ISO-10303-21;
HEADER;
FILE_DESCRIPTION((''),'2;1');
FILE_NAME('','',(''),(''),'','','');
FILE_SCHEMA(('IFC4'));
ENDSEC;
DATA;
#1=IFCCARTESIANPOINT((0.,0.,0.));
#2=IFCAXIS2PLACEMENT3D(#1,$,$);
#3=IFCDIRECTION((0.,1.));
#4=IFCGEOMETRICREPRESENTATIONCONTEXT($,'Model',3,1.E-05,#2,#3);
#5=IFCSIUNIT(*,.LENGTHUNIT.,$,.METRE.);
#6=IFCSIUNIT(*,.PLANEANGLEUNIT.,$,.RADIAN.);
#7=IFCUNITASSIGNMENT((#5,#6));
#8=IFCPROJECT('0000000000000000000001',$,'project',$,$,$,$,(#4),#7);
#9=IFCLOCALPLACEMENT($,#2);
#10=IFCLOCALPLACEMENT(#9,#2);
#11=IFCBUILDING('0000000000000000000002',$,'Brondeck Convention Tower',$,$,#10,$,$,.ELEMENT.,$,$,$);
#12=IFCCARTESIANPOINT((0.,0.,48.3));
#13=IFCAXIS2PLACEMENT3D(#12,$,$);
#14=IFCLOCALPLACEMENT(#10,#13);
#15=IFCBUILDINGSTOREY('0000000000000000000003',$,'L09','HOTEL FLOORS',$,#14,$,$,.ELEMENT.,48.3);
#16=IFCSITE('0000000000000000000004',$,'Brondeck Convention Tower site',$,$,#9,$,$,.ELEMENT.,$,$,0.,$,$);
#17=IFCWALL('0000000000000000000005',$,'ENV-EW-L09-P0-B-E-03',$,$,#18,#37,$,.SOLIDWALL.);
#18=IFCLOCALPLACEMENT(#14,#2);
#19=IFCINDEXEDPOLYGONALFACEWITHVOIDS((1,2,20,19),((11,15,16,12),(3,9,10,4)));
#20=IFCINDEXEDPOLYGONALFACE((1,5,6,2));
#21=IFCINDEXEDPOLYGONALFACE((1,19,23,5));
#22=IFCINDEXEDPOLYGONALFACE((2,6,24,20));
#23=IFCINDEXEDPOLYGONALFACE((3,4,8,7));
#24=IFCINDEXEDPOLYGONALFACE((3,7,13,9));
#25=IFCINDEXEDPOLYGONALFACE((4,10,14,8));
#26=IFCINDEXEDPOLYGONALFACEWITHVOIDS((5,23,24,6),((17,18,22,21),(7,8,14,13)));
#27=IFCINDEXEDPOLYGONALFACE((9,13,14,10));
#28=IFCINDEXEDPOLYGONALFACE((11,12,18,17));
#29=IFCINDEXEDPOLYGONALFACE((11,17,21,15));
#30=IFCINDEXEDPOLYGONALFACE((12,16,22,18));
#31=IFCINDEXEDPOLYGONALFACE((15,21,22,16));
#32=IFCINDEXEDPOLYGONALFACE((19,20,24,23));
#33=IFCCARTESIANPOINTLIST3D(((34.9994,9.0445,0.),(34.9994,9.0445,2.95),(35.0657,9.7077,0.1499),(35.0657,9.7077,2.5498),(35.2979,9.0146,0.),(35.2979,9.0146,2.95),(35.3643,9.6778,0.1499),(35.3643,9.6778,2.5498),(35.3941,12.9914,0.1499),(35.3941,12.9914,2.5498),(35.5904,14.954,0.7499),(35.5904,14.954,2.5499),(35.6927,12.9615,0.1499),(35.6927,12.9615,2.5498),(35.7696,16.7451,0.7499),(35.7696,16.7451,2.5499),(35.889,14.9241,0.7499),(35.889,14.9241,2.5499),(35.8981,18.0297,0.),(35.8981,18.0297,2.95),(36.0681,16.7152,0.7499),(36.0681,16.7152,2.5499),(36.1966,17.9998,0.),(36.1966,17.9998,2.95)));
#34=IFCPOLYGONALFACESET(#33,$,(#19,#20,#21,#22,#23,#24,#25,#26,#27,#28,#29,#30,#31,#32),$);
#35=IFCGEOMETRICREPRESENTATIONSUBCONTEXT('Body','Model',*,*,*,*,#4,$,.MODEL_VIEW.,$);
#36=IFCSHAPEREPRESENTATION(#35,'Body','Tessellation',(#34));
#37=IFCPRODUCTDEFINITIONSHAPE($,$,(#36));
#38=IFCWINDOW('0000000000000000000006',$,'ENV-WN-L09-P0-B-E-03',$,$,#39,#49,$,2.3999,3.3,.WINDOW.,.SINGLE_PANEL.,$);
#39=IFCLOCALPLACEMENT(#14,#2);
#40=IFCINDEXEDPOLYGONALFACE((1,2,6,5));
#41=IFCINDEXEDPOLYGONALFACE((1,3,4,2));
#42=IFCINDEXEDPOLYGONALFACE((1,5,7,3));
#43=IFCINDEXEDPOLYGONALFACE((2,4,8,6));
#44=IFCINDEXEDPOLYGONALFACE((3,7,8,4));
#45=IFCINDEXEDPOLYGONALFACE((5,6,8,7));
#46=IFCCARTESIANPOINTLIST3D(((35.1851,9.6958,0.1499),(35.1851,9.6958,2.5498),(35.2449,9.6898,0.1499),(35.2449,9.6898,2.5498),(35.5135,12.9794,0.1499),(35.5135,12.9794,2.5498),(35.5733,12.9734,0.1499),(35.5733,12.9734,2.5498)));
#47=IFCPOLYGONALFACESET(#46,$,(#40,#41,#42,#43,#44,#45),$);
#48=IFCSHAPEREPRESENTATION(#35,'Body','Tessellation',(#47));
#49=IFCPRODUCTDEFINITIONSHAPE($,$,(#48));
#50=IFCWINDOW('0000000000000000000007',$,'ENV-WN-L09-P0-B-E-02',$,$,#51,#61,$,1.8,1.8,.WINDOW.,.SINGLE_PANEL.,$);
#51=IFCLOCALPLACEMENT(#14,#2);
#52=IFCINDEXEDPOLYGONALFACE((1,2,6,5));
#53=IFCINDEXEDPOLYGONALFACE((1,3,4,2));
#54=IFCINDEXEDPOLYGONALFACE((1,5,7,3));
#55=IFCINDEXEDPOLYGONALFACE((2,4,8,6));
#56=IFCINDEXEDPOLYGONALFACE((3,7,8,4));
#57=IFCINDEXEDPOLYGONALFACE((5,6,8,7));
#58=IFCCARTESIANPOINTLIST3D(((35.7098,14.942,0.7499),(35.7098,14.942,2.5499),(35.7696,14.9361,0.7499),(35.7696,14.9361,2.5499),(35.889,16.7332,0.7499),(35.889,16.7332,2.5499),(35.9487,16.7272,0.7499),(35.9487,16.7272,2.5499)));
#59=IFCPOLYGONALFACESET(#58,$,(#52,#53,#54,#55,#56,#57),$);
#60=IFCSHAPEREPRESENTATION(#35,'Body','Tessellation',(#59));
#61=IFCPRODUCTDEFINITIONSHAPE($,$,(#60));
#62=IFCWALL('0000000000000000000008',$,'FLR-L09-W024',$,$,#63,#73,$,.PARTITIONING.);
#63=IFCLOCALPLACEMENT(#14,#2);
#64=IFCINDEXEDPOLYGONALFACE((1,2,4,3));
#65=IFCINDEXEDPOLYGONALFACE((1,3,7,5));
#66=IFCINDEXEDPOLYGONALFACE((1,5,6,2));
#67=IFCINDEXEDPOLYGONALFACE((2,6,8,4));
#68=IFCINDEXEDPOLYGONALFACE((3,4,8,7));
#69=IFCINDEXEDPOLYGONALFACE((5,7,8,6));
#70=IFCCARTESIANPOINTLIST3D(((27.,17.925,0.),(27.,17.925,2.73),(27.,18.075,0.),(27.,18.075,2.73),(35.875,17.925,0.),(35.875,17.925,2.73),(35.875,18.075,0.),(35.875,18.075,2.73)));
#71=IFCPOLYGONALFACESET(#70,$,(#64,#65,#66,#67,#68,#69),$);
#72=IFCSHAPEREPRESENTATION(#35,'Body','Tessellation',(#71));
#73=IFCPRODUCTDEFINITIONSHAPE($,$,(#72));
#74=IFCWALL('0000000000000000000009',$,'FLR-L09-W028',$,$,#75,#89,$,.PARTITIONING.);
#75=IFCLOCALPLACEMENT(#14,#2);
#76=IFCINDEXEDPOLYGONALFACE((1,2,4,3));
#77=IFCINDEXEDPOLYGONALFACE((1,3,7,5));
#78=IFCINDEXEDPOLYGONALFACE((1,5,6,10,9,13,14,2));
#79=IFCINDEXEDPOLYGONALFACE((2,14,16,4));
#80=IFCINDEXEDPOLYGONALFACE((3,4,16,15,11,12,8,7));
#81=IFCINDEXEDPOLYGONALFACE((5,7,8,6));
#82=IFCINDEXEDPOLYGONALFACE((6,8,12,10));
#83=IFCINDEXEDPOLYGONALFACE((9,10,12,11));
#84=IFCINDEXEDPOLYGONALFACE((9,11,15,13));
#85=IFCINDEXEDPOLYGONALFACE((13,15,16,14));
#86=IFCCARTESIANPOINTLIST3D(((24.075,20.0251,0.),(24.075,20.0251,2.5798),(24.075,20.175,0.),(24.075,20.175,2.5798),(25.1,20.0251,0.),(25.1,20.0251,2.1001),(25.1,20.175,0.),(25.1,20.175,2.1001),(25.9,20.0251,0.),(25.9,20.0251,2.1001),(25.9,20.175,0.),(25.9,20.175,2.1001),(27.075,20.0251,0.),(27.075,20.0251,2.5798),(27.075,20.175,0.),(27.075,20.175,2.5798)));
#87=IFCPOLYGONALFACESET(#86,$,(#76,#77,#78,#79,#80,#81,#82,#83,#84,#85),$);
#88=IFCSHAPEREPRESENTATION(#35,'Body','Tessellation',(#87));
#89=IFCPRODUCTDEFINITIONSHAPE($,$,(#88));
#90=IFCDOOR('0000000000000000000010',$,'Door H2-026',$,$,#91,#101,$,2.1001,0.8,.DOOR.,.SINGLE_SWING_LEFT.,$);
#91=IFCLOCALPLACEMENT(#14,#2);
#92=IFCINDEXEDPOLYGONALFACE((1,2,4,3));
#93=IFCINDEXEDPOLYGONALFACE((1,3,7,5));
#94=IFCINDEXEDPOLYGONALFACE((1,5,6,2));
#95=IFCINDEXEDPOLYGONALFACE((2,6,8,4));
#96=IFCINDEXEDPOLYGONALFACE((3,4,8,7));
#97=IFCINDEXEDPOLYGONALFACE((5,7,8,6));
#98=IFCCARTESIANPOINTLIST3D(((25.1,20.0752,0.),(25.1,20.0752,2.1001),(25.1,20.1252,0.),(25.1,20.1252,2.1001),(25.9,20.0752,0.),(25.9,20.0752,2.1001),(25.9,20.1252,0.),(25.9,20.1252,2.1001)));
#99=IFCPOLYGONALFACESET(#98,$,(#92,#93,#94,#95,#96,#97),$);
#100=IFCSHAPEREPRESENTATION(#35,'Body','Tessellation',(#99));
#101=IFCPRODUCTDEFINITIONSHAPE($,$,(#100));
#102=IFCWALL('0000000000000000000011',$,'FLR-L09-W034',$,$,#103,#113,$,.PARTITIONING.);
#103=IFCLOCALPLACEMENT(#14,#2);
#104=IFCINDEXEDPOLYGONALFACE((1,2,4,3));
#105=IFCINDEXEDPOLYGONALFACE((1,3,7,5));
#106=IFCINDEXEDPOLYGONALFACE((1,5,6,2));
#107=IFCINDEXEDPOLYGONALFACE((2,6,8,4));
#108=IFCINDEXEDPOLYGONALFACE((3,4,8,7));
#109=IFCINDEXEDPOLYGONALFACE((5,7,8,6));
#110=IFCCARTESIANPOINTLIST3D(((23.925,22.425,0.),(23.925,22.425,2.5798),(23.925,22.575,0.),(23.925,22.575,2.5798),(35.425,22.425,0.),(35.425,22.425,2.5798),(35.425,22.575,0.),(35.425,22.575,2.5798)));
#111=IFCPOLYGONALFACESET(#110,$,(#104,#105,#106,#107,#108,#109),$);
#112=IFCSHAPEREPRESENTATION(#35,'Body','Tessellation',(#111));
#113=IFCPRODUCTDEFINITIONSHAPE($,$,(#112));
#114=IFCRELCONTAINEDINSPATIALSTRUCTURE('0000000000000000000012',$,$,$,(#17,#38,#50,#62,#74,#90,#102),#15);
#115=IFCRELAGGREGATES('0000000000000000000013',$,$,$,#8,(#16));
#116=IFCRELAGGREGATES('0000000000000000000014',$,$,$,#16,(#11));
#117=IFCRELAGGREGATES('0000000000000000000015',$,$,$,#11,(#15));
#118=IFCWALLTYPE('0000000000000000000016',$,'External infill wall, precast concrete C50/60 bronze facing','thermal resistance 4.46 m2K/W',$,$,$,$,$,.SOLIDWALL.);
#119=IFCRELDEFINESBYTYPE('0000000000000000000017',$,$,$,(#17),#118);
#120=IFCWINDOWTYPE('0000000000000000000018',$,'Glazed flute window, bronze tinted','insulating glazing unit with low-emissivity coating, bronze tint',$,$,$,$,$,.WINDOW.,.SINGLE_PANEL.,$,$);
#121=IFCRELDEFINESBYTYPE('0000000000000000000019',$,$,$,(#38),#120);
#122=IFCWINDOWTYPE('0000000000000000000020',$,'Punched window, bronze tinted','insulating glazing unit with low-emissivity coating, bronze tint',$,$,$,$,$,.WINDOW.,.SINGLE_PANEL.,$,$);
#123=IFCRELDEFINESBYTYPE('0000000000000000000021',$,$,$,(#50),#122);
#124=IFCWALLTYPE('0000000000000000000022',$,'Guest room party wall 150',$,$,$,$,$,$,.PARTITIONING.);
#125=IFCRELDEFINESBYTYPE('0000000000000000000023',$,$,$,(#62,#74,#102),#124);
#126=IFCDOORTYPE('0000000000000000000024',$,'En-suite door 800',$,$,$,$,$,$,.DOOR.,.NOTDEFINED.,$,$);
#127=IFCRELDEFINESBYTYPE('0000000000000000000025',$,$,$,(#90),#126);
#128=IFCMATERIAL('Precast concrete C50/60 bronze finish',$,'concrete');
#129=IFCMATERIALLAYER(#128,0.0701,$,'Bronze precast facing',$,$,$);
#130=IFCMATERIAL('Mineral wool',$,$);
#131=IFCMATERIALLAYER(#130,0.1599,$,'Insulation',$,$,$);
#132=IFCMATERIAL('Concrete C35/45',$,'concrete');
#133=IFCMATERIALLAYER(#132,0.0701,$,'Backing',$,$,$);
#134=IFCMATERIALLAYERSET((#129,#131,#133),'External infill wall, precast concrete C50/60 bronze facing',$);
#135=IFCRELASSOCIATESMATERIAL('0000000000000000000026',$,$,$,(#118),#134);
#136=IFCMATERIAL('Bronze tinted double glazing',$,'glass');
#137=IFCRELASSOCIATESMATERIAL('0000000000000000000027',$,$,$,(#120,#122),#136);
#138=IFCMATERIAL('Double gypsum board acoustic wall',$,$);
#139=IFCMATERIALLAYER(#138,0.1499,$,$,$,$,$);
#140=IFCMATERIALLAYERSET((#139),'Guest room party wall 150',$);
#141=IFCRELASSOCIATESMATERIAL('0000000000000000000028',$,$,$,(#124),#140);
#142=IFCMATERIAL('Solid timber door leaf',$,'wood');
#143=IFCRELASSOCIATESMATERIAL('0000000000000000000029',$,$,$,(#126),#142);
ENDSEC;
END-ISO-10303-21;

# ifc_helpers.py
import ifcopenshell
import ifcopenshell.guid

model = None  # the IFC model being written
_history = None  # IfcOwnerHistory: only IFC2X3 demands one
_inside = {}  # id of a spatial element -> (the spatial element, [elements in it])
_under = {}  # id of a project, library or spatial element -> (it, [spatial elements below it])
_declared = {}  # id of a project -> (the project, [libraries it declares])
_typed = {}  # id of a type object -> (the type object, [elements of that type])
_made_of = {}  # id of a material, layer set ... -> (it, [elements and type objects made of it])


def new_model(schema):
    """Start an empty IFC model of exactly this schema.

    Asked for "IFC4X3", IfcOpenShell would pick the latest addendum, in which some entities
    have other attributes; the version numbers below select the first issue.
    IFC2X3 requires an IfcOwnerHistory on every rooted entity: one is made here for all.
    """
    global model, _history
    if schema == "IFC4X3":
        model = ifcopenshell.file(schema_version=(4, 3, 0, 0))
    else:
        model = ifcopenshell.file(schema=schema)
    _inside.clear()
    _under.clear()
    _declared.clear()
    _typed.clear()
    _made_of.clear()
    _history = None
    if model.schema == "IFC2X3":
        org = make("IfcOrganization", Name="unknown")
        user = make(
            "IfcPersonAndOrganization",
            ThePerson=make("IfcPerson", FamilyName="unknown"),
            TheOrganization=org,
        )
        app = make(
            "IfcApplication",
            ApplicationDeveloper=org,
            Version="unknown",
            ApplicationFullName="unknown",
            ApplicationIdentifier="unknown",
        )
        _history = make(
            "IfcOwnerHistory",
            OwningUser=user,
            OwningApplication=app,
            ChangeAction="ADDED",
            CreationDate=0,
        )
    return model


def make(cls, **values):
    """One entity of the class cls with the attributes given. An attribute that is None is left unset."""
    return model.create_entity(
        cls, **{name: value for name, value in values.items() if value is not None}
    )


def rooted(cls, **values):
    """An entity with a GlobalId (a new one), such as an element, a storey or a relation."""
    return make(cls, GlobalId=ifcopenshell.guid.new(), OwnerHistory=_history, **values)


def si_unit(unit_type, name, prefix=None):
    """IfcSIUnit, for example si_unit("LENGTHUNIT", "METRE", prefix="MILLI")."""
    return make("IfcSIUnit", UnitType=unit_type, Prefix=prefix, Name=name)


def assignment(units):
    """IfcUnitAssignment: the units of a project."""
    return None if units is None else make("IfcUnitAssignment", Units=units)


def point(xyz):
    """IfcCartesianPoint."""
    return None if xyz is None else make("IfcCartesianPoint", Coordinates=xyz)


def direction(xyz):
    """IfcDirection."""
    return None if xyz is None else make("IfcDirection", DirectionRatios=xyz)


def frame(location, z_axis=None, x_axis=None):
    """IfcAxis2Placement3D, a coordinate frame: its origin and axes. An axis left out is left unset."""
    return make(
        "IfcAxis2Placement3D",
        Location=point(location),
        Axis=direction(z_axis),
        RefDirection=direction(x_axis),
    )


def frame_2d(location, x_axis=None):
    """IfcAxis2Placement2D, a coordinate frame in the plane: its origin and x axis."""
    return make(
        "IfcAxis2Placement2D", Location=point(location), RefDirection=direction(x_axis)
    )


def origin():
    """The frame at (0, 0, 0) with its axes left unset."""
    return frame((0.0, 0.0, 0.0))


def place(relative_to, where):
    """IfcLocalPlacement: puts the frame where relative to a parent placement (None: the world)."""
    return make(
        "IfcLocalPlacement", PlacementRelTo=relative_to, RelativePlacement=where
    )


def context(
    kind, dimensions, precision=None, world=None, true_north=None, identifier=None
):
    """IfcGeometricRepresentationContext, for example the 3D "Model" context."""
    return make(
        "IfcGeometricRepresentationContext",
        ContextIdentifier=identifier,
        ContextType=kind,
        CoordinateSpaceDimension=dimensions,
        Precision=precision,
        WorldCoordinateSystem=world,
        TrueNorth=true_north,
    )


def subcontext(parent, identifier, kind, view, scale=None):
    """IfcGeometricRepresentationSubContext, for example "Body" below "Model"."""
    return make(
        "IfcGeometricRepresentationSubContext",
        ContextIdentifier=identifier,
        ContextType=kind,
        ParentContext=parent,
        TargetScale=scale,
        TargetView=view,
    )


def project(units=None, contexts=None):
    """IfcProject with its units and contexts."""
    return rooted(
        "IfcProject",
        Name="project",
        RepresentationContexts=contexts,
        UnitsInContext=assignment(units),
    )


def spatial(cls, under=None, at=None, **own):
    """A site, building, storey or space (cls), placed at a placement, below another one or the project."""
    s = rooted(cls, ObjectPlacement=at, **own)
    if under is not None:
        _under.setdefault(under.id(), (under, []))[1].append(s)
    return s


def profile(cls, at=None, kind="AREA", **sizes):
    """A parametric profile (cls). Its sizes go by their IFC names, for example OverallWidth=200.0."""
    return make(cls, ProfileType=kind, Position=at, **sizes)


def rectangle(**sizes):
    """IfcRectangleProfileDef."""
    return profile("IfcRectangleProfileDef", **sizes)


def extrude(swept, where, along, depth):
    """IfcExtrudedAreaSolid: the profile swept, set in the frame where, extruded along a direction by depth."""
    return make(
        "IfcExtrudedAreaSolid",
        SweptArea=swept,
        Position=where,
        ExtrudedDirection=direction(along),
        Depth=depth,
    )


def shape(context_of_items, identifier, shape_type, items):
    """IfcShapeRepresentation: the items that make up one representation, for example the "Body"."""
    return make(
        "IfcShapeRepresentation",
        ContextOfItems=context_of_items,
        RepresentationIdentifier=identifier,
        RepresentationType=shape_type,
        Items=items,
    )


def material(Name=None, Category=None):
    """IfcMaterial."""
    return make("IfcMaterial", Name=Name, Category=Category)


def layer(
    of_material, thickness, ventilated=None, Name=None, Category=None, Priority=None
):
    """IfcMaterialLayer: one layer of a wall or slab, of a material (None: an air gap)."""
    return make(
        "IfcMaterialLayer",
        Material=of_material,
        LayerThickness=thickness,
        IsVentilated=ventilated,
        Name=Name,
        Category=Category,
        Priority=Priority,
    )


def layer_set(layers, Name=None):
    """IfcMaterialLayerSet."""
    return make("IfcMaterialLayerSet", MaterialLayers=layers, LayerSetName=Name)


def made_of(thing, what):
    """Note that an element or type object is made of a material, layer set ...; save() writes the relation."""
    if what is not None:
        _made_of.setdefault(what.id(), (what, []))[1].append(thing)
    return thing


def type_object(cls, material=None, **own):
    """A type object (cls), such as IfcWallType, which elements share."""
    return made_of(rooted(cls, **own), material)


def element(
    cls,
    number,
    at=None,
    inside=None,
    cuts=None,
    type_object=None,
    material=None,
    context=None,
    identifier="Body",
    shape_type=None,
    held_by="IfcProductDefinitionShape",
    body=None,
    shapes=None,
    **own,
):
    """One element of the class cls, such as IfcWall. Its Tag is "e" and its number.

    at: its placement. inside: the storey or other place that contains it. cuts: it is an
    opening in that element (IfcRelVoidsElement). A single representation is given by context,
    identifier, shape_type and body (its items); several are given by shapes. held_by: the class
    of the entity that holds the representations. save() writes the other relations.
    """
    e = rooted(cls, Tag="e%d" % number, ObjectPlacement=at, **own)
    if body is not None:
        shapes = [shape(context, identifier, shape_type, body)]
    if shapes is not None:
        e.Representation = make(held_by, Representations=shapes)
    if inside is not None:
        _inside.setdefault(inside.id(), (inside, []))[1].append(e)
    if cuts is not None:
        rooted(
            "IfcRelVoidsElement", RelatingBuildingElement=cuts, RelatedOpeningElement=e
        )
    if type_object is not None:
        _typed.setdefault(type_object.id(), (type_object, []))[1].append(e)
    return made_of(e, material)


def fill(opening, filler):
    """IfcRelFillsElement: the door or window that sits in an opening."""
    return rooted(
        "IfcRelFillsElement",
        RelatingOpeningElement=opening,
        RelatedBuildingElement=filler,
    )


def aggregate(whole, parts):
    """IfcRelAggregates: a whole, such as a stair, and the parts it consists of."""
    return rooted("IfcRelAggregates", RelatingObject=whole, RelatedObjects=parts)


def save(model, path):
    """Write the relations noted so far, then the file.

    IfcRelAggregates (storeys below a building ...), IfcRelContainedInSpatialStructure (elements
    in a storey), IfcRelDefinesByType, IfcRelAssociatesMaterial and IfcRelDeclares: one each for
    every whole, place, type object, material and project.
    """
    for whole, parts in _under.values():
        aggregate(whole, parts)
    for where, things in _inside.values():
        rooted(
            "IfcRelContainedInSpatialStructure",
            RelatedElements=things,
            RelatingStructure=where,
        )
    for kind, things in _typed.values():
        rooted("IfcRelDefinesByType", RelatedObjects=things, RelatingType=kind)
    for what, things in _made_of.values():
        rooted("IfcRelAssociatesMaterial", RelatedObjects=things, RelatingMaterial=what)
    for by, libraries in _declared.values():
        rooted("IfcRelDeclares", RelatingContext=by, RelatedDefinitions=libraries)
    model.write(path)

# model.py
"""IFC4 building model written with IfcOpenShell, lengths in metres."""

from ifc_helpers import new_model, si_unit, direction, frame, frame_2d, origin, place, context, subcontext, project, spatial, rectangle, extrude, material, layer, layer_set, type_object, element, fill, save


model = new_model("IFC4")

# Units and contexts
model_context = context("Model", 3, precision=1e-05, world=origin(), true_north=direction((0.0, 1.0)))
body_context = subcontext(model_context, "Body", "Model", "MODEL_VIEW")
ifc_project = project(units=[si_unit("LENGTHUNIT", "METRE"), si_unit("PLANEANGLEUNIT", "RADIAN")], contexts=[model_context])

# Site, building, storey
site_placement = place(None, origin())
site = spatial("IfcSite", under=ifc_project, at=site_placement, Name="Brondeck Convention Tower site", CompositionType="ELEMENT", RefElevation=0.0)
building_placement = place(site_placement, origin())
building = spatial("IfcBuilding", under=site, at=building_placement, Name="Brondeck Convention Tower", CompositionType="ELEMENT")
storey_placement = place(building_placement, frame((0.0, 0.0, 48.3)))
storey = spatial("IfcBuildingStorey", under=building, at=storey_placement, Name="L09", Description="HOTEL FLOORS", CompositionType="ELEMENT", Elevation=48.3)

# Wall, openings, windows
ifc_material_1 = material(Name="Precast concrete C50/60 bronze finish", Category="concrete")
ifc_layer_1 = layer(ifc_material_1, 0.0701, Name="Bronze precast facing")
ifc_material_2 = material(Name="Mineral wool")
ifc_layer_2 = layer(ifc_material_2, 0.1599, Name="Insulation")
ifc_material_3 = material(Name="Concrete C35/45", Category="concrete")
ifc_layer_3 = layer(ifc_material_3, 0.0701, Name="Backing")
ifc_layer_set_1 = layer_set([ifc_layer_1, ifc_layer_2, ifc_layer_3], Name="External infill wall, precast concrete C50/60 bronze facing")
wall_type_1 = type_object("IfcWallType", Name="External infill wall, precast concrete C50/60 bronze facing", Description="thermal resistance 4.46 m2K/W", PredefinedType="SOLIDWALL", material=ifc_layer_set_1)
wall_1_placement = place(storey_placement, frame((36.0474, 18.0149, 0.0), z_axis=(0.0, 0.0, 1.0), x_axis=(-0.099522, -0.995035, 0.0)))
wall_1 = element("IfcWall", 1, at=wall_1_placement, inside=storey, type_object=wall_type_1, Name="ENV-EW-L09-P0-B-E-03", PredefinedType="SOLIDWALL", context=body_context, shape_type="SweptSolid", body=[
    extrude(rectangle(XDim=9.03, YDim=0.3, at=frame_2d((4.5151, 0.0))), origin(), (0.0, 0.0, 1.0), 2.95),
])
opening_1_placement = place(wall_1_placement, frame((1.2913, 0.0, 0.75)))
opening_1 = element("IfcOpeningElement", 2, at=opening_1_placement, cuts=wall_1, PredefinedType="OPENING", context=body_context, shape_type="SweptSolid", body=[
    extrude(rectangle(XDim=1.8, YDim=1.8, at=frame_2d((0.8999, 0.8999))), frame((0.0, 0.1599, 0.0), z_axis=(0.0, -1.0, 0.0), x_axis=(1.0, 0.0, 0.0)), (0.0, 0.0, 1.0), 0.3201),
])
opening_2_placement = place(wall_1_placement, frame((5.0637, 0.0, 0.1499)))
opening_2 = element("IfcOpeningElement", 3, at=opening_2_placement, cuts=wall_1, PredefinedType="OPENING", context=body_context, shape_type="SweptSolid", body=[
    extrude(rectangle(XDim=3.3, YDim=2.3999, at=frame_2d((1.6499, 1.2))), frame((0.0, 0.1599, 0.0), z_axis=(0.0, -1.0, 0.0), x_axis=(1.0, 0.0, 0.0)), (0.0, 0.0, 1.0), 0.3201),
])
ifc_material_4 = material(Name="Bronze tinted double glazing", Category="glass")
window_type_1 = type_object("IfcWindowType", Name="Glazed flute window, bronze tinted", Description="insulating glazing unit with low-emissivity coating, bronze tint", PartitioningType="SINGLE_PANEL", PredefinedType="WINDOW", material=ifc_material_4)
window_1_placement = place(opening_2_placement, origin())
window_1 = element("IfcWindow", 4, at=window_1_placement, inside=storey, type_object=window_type_1, Name="ENV-WN-L09-P0-B-E-03", OverallHeight=2.3999, OverallWidth=3.3, PartitioningType="SINGLE_PANEL", PredefinedType="WINDOW", context=body_context, shape_type="SweptSolid", body=[
    extrude(rectangle(XDim=3.3, YDim=2.3999, at=frame_2d((1.6499, 1.2))), frame((0.0, 0.03, 0.0), z_axis=(0.0, -1.0, 0.0), x_axis=(1.0, 0.0, 0.0)), (0.0, 0.0, 1.0), 0.0601),
])
fill(opening_2, window_1)
window_type_2 = type_object("IfcWindowType", Name="Punched window, bronze tinted", Description="insulating glazing unit with low-emissivity coating, bronze tint", PartitioningType="SINGLE_PANEL", PredefinedType="WINDOW", material=ifc_material_4)
window_2_placement = place(opening_1_placement, origin())
window_2 = element("IfcWindow", 5, at=window_2_placement, inside=storey, type_object=window_type_2, Name="ENV-WN-L09-P0-B-E-02", OverallHeight=1.8, OverallWidth=1.8, PartitioningType="SINGLE_PANEL", PredefinedType="WINDOW", context=body_context, shape_type="SweptSolid", body=[
    extrude(rectangle(XDim=1.8, YDim=1.8, at=frame_2d((0.8999, 0.8999))), frame((0.0, 0.03, 0.0), z_axis=(0.0, -1.0, 0.0), x_axis=(1.0, 0.0, 0.0)), (0.0, 0.0, 1.0), 0.0601),
])
fill(opening_1, window_2)

# Wall
ifc_material_5 = material(Name="Double gypsum board acoustic wall")
ifc_layer_4 = layer(ifc_material_5, 0.1499)
ifc_layer_set_2 = layer_set([ifc_layer_4], Name="Guest room party wall 150")
wall_type_2 = type_object("IfcWallType", Name="Guest room party wall 150", PredefinedType="PARTITIONING", material=ifc_layer_set_2)
wall_2_placement = place(storey_placement, frame((35.875, 18.0, 0.0), z_axis=(0.0, 0.0, 1.0), x_axis=(-1.0, 0.0, 0.0)))
element("IfcWall", 6, at=wall_2_placement, inside=storey, type_object=wall_type_2, Name="FLR-L09-W024", PredefinedType="PARTITIONING", context=body_context, shape_type="SweptSolid", body=[
    extrude(rectangle(XDim=8.875, YDim=0.1499, at=frame_2d((4.4375, 0.0))), origin(), (0.0, 0.0, 1.0), 2.73),
])

# Wall, opening, door
wall_3_placement = place(storey_placement, frame((27.075, 20.1001, 0.0), z_axis=(0.0, 0.0, 1.0), x_axis=(-1.0, 0.0, 0.0)))
wall_3 = element("IfcWall", 7, at=wall_3_placement, inside=storey, type_object=wall_type_2, Name="FLR-L09-W028", PredefinedType="PARTITIONING", context=body_context, shape_type="SweptSolid", body=[
    extrude(rectangle(XDim=3.0, YDim=0.1499, at=frame_2d((1.5, 0.0))), origin(), (0.0, 0.0, 1.0), 2.5798),
])
opening_3_placement = place(wall_3_placement, frame((1.175, 0.0, 0.0)))
opening_3 = element("IfcOpeningElement", 8, at=opening_3_placement, cuts=wall_3, PredefinedType="OPENING", context=body_context, shape_type="SweptSolid", body=[
    extrude(rectangle(XDim=0.8, YDim=2.1001, at=frame_2d((0.3999, 1.05))), frame((0.0, 0.085, 0.0), z_axis=(0.0, -1.0, 0.0), x_axis=(1.0, 0.0, 0.0)), (0.0, 0.0, 1.0), 0.1699),
])
ifc_material_6 = material(Name="Solid timber door leaf", Category="wood")
door_type_1 = type_object("IfcDoorType", Name="En-suite door 800", OperationType="NOTDEFINED", PredefinedType="DOOR", material=ifc_material_6)
door_1_placement = place(opening_3_placement, origin())
door_1 = element("IfcDoor", 9, at=door_1_placement, inside=storey, type_object=door_type_1, Name="Door H2-026", OperationType="SINGLE_SWING_LEFT", OverallHeight=2.1001, OverallWidth=0.8, PredefinedType="DOOR", context=body_context, shape_type="SweptSolid", body=[
    extrude(rectangle(XDim=0.8, YDim=2.1001, at=frame_2d((0.3999, 1.05))), frame((0.0, 0.0249, 0.0), z_axis=(0.0, -1.0, 0.0), x_axis=(1.0, 0.0, 0.0)), (0.0, 0.0, 1.0), 0.05),
])
fill(opening_3, door_1)

# Wall
wall_4_placement = place(storey_placement, frame((35.425, 22.5, 0.0), z_axis=(0.0, 0.0, 1.0), x_axis=(-1.0, 0.0, 0.0)))
element("IfcWall", 10, at=wall_4_placement, inside=storey, type_object=wall_type_2, Name="FLR-L09-W034", PredefinedType="PARTITIONING", context=body_context, shape_type="SweptSolid", body=[
    extrude(rectangle(XDim=11.5, YDim=0.1499, at=frame_2d((5.75, 0.0))), origin(), (0.0, 0.0, 1.0), 2.5798),
])

save(model, "model.ifc")
